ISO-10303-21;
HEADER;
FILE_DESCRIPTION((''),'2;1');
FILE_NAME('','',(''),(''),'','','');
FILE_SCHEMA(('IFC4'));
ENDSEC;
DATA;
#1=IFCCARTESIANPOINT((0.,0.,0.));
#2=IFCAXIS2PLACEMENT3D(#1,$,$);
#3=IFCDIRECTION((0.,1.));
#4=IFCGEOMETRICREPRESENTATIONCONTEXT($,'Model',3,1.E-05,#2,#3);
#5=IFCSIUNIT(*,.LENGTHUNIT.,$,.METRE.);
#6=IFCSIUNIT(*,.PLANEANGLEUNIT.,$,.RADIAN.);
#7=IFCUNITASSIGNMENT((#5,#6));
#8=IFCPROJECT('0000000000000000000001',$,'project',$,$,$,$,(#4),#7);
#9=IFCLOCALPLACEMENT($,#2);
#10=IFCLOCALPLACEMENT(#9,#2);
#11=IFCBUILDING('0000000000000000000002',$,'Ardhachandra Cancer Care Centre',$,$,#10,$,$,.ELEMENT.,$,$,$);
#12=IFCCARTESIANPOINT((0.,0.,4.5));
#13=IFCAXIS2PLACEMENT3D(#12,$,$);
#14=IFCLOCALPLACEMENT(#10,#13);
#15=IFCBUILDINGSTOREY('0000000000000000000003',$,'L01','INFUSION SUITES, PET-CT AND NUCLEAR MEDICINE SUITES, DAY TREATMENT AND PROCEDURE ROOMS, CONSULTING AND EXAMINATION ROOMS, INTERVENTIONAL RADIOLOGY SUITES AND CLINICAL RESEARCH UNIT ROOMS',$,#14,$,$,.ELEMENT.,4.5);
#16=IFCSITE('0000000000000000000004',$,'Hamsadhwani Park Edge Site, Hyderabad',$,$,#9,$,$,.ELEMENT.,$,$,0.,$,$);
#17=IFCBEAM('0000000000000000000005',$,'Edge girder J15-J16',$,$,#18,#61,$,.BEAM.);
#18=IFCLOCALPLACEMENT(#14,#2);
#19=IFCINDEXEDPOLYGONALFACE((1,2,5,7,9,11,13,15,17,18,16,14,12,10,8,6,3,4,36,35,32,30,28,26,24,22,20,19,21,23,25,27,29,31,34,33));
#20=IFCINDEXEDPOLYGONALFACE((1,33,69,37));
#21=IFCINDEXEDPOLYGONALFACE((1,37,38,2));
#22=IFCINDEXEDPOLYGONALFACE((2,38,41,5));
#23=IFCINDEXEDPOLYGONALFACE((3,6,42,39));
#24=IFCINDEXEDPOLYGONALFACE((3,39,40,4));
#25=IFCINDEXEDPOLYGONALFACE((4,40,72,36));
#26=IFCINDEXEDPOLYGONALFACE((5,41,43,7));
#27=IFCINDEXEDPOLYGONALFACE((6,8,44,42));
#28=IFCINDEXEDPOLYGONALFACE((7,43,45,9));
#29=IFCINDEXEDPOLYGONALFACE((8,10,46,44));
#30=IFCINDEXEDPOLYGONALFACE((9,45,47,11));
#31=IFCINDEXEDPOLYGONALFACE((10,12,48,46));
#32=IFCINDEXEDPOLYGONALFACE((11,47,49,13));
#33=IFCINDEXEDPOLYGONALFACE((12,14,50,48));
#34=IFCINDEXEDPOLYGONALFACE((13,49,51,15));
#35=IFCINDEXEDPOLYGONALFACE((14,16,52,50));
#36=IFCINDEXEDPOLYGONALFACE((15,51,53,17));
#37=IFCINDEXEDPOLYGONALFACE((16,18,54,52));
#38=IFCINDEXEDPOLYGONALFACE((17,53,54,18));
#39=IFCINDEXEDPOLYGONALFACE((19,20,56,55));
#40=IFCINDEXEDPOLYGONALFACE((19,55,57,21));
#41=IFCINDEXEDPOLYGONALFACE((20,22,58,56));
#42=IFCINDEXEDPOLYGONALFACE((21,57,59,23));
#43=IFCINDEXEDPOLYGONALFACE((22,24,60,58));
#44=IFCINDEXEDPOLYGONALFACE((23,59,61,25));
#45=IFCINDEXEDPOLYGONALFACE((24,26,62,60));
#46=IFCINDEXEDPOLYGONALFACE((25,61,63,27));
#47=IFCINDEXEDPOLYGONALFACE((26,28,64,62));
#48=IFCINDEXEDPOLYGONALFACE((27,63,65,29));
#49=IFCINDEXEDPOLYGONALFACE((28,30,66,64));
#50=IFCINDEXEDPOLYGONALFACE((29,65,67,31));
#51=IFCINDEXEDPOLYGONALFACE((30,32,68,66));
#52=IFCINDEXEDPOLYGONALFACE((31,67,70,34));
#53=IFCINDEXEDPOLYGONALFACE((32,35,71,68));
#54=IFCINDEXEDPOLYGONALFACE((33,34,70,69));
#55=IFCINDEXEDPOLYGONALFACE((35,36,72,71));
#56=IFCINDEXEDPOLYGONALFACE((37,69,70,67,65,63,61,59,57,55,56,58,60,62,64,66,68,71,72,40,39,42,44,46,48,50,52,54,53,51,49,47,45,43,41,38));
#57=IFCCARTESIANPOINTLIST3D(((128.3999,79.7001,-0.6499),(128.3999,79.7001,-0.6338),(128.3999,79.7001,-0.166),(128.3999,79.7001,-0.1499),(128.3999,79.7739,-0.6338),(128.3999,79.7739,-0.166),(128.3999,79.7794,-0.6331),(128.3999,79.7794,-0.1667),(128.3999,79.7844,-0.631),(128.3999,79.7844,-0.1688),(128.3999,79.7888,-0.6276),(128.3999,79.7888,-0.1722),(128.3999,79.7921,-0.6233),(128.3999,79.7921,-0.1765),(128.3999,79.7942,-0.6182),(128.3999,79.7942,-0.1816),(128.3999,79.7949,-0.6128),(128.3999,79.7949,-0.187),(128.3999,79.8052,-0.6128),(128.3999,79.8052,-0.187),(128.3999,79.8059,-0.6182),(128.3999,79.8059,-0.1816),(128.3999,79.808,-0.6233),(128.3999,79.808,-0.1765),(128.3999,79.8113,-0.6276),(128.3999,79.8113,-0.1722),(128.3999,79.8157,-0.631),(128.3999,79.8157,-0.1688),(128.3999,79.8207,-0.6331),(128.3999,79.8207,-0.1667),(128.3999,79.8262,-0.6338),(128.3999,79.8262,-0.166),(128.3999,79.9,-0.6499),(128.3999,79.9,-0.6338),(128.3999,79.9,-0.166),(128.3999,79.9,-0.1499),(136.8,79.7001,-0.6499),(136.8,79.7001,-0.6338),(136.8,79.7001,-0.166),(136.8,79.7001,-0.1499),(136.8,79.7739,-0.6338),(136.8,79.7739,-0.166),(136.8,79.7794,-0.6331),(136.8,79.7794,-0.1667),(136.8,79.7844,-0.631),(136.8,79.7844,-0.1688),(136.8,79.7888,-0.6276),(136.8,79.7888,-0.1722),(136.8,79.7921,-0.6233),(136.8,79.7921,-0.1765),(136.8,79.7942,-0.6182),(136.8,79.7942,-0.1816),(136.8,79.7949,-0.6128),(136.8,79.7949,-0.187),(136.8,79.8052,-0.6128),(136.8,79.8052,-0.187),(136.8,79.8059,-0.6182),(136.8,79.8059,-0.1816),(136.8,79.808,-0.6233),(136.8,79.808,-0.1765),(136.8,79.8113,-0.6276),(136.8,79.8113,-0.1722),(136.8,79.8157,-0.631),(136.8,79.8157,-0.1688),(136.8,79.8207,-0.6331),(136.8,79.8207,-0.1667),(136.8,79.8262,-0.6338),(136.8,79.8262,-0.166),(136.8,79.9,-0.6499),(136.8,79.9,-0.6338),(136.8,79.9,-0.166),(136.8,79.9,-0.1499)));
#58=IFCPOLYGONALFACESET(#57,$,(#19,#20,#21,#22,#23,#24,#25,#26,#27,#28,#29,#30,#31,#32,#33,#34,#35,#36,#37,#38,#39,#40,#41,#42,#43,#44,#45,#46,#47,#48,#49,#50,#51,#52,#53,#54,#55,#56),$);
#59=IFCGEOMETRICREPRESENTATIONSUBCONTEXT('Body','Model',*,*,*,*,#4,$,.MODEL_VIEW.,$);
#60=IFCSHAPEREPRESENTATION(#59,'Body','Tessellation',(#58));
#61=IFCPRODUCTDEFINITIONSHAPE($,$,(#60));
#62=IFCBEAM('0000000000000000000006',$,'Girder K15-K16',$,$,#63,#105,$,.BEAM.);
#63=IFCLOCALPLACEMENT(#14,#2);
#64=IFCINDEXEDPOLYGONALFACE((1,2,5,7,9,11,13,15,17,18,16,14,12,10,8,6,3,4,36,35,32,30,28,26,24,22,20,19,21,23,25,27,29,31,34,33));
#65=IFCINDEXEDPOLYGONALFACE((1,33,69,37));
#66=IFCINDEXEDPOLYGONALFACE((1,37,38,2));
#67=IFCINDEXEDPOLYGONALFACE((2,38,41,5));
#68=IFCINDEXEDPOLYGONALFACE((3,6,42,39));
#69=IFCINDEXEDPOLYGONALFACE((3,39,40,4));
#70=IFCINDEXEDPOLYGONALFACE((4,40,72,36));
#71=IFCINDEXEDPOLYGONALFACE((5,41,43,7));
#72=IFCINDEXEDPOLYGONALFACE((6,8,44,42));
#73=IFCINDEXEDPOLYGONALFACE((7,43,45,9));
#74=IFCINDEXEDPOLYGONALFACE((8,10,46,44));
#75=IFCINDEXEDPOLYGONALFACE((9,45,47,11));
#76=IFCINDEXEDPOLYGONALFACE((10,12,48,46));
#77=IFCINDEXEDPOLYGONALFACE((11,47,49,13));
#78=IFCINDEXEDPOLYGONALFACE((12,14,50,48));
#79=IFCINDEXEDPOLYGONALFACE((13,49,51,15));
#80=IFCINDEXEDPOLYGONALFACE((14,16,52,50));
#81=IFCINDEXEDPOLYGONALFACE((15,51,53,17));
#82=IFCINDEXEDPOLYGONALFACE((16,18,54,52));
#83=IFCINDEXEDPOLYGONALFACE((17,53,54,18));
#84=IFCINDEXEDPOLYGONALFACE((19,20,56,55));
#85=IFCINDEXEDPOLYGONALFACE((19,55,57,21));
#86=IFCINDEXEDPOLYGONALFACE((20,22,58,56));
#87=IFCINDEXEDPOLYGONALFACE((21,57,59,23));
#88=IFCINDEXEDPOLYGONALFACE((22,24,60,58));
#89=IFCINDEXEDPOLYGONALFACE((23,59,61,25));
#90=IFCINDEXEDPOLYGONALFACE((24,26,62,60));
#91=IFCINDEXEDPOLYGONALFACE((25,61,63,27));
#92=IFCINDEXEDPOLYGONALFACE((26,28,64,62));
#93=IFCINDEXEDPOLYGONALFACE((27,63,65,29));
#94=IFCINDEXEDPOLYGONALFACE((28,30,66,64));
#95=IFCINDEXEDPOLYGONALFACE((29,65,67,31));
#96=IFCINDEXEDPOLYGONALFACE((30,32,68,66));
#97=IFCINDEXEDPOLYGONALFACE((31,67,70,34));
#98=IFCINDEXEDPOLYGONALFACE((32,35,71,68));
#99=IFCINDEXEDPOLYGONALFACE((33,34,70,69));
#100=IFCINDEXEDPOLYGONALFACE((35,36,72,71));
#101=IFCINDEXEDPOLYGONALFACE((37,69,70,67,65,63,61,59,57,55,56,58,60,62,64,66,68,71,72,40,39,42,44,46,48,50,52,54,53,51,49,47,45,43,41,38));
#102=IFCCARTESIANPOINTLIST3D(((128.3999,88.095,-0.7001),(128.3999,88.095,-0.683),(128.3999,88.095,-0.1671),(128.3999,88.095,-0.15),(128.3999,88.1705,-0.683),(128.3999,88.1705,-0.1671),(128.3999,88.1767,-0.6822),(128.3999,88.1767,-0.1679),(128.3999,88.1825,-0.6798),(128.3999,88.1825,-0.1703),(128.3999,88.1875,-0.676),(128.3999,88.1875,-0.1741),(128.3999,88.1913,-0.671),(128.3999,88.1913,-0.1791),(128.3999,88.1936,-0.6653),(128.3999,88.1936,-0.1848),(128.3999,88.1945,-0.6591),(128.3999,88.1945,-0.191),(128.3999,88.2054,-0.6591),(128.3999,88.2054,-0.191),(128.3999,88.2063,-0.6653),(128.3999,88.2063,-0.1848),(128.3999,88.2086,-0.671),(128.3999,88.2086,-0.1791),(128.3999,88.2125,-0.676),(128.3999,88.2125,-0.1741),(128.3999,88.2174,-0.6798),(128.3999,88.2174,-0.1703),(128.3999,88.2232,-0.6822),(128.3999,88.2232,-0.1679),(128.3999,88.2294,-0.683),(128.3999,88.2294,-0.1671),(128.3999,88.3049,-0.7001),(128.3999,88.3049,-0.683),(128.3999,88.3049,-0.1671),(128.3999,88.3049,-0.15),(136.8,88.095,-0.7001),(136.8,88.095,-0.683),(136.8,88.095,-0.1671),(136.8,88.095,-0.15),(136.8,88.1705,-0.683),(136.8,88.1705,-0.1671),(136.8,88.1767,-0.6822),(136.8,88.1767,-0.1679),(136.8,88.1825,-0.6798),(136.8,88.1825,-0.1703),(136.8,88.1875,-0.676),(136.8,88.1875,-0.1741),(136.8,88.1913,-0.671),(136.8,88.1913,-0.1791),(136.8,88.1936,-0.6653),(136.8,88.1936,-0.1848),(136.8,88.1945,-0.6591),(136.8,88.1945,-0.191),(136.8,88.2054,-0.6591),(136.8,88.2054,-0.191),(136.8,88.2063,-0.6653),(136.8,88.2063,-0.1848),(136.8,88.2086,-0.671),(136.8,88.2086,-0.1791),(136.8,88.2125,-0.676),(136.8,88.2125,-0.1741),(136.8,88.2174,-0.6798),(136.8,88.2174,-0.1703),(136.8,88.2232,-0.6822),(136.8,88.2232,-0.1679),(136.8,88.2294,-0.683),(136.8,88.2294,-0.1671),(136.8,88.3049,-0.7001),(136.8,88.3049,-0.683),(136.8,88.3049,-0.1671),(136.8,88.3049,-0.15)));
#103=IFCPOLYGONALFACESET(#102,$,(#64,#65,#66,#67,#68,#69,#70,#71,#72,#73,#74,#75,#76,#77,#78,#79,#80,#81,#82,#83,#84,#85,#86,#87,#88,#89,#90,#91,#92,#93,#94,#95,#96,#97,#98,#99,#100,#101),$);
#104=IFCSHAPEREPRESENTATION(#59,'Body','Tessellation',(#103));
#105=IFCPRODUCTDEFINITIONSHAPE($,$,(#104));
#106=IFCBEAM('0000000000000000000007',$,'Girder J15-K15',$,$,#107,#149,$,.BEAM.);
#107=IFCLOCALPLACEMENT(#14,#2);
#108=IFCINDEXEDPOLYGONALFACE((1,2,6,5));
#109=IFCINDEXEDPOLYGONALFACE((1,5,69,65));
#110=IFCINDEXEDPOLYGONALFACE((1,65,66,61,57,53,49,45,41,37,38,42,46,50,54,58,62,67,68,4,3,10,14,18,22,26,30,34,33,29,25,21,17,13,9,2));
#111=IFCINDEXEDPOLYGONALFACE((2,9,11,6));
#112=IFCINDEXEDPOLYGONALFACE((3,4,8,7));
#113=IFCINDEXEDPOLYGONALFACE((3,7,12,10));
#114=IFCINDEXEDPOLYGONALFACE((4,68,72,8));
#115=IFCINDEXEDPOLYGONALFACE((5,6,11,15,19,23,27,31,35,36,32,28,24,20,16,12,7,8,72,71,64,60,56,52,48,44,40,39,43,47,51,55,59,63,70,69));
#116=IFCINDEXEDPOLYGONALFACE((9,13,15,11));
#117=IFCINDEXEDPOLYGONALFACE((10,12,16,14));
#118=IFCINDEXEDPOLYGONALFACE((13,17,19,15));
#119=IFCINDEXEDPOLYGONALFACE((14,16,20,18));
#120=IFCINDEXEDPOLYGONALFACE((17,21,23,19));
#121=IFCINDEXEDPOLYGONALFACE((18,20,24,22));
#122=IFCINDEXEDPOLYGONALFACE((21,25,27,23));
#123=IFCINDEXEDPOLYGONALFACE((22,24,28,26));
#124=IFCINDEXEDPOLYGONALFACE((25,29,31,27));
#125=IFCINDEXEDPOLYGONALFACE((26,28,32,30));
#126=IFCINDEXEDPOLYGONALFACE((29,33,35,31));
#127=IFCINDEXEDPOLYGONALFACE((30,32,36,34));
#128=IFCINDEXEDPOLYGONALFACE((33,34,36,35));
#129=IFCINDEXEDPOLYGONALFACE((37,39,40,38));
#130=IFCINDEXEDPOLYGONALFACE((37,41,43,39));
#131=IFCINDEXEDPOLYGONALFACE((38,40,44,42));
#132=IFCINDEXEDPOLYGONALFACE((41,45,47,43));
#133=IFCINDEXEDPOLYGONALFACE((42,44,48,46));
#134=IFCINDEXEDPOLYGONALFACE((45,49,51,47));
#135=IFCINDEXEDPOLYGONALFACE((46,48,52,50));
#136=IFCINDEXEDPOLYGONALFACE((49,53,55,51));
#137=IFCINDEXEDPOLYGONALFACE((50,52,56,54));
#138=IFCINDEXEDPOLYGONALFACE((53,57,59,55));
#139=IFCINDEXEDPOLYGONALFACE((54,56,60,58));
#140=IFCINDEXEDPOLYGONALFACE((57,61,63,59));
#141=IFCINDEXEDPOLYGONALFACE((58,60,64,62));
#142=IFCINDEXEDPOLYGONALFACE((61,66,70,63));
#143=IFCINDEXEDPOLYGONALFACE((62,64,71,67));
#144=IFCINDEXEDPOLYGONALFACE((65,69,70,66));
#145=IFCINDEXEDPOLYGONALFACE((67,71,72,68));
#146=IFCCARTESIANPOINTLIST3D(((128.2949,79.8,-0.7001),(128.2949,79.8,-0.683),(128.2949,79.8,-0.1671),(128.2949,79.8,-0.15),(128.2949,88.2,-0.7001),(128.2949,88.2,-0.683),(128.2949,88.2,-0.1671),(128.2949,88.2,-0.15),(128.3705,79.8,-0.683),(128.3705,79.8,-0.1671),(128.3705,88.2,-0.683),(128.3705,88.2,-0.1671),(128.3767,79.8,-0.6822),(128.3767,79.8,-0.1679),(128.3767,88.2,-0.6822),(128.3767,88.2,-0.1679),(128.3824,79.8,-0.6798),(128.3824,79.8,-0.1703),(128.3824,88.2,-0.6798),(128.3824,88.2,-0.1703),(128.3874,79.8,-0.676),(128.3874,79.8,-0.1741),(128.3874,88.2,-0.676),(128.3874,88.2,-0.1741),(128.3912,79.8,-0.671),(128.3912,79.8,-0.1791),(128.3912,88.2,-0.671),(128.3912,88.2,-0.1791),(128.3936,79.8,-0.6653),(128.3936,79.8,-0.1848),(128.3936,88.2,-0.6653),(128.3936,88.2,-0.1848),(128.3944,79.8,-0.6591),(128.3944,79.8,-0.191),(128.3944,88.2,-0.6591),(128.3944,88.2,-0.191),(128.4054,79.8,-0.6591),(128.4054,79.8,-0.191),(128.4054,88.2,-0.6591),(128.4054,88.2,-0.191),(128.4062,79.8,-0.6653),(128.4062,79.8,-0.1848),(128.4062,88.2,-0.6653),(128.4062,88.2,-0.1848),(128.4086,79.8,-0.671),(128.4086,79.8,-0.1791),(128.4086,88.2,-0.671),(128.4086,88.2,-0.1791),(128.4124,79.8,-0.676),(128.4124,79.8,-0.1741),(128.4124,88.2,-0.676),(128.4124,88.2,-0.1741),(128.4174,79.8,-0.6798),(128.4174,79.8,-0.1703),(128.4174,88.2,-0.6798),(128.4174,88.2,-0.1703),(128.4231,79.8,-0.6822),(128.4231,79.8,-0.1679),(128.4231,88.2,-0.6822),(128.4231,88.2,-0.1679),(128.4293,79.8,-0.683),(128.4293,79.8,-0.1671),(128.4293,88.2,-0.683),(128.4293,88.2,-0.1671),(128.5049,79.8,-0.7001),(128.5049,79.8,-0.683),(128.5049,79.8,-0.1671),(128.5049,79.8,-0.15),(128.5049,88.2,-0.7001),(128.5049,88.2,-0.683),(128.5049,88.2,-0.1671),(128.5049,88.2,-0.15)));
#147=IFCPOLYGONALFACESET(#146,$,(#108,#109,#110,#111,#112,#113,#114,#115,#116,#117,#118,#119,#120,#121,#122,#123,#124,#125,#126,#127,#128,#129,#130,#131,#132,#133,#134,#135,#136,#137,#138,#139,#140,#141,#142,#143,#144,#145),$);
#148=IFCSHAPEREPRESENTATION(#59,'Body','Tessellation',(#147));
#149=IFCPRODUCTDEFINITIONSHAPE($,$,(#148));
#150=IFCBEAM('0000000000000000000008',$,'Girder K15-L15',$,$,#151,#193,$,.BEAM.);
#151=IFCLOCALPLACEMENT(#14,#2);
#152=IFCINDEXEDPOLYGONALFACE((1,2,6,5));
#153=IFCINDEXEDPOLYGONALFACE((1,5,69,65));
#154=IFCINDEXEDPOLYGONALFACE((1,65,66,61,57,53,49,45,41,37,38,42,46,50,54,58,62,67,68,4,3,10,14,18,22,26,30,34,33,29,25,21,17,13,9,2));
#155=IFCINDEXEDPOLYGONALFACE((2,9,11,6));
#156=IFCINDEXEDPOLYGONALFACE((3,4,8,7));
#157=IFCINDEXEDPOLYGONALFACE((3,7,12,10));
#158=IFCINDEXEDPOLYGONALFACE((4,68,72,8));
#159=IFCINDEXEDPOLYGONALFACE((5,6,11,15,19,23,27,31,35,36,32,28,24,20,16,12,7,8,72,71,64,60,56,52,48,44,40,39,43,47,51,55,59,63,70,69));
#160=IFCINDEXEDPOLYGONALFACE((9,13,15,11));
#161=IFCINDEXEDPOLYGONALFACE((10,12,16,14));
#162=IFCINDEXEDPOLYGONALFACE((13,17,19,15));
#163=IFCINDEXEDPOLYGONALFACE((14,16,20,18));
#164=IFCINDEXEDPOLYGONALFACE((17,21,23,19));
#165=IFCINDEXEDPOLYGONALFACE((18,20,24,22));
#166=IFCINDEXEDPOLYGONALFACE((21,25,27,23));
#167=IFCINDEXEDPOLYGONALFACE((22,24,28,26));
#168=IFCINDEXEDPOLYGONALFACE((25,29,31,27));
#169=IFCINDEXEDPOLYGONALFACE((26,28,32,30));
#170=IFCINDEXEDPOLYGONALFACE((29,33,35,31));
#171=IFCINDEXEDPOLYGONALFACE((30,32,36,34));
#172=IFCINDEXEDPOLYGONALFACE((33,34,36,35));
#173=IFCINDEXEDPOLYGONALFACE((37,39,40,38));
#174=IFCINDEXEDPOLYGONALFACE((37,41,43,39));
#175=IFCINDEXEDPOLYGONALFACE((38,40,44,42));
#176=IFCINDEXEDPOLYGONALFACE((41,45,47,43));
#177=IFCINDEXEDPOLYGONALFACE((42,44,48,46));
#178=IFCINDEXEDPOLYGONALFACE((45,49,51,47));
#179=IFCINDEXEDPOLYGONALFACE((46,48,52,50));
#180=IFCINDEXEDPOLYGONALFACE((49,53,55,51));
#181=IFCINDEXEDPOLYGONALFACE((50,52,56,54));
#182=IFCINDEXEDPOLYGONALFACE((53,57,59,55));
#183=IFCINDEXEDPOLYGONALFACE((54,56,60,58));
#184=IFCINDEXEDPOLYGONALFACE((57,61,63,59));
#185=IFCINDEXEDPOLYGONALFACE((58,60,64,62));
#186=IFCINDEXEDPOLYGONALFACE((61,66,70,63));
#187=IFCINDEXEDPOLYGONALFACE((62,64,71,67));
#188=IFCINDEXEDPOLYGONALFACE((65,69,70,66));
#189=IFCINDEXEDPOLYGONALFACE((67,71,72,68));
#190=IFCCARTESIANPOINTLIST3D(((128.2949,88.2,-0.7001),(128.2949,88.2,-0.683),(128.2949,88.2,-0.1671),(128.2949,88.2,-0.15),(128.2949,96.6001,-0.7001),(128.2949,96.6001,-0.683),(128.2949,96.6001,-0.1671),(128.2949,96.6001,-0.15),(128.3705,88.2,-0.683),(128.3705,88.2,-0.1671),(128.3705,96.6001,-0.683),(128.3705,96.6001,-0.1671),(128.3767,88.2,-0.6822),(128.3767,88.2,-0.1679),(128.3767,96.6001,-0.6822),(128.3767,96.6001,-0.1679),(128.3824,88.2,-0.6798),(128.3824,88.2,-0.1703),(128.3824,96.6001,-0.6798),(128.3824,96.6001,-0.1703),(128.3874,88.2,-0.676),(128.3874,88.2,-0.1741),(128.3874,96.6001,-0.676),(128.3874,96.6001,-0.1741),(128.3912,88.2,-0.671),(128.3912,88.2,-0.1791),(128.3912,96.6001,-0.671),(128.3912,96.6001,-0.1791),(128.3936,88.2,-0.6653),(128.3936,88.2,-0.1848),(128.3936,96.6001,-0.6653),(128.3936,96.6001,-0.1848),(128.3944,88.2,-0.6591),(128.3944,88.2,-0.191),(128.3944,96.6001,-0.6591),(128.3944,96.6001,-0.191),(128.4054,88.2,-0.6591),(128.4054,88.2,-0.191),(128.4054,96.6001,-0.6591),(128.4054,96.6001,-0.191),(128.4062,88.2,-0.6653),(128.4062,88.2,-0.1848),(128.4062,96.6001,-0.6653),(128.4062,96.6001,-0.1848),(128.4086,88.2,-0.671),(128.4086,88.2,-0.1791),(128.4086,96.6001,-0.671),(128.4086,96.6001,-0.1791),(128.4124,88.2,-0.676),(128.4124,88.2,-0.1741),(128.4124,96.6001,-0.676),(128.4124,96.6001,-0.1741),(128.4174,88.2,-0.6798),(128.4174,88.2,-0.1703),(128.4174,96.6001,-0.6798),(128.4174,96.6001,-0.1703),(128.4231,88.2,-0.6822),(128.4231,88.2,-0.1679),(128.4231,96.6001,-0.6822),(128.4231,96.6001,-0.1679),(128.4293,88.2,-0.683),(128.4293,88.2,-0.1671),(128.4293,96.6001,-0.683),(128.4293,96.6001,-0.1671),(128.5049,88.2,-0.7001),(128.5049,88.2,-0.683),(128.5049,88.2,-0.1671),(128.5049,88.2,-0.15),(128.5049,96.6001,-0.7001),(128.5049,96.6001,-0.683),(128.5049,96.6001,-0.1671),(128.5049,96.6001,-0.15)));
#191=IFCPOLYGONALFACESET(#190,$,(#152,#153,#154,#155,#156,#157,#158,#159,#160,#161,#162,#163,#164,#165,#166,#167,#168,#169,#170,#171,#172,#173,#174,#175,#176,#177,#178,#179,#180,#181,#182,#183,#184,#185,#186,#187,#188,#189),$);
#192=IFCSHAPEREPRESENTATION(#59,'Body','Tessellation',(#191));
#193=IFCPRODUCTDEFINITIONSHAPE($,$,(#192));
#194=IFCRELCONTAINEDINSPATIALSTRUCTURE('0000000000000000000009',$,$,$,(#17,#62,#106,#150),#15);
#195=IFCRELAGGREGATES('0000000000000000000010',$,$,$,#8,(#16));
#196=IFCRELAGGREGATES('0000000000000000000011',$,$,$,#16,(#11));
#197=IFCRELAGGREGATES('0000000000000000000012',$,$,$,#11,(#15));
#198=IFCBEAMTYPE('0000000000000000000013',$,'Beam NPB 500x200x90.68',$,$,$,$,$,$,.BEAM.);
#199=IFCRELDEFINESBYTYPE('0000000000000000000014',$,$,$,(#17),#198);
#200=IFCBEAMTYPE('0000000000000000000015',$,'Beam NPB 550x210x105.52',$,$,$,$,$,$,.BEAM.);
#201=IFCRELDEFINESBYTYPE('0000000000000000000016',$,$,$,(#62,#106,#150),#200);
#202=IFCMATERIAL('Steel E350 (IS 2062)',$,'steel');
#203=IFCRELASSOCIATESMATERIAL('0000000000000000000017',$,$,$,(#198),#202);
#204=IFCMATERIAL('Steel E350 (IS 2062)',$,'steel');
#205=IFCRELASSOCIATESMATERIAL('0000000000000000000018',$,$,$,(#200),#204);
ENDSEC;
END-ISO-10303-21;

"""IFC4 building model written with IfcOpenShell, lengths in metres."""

from ifc_helpers import new_model, si_unit, direction, frame, origin, origin_2d, place, context, subcontext, project, spatial, i_section, extrude, material, material_profile, profile_set, type_object, element, save


model = new_model("IFC4")

# Units and contexts
model_context = context("Model", 3, precision=1e-05, world=origin(), true_north=direction((0.0, 1.0)))
body_context = subcontext(model_context, "Body", "Model", "MODEL_VIEW")
ifc_project = project(units=[si_unit("LENGTHUNIT", "METRE"), si_unit("PLANEANGLEUNIT", "RADIAN")], contexts=[model_context])

# Site, building, storey
site_placement = place(None, origin())
site = spatial("IfcSite", under=ifc_project, at=site_placement, Name="Hamsadhwani Park Edge Site, Hyderabad", CompositionType="ELEMENT", RefElevation=0.0)
building_placement = place(site_placement, origin())
building = spatial("IfcBuilding", under=site, at=building_placement, Name="Ardhachandra Cancer Care Centre", CompositionType="ELEMENT")
storey_placement = place(building_placement, frame((0.0, 0.0, 4.5)))
storey = spatial("IfcBuildingStorey", under=building, at=storey_placement, Name="L01", Description="INFUSION SUITES, PET-CT AND NUCLEAR MEDICINE SUITES, DAY TREATMENT AND PROCEDURE ROOMS, CONSULTING AND EXAMINATION ROOMS, INTERVENTIONAL RADIOLOGY SUITES AND CLINICAL RESEARCH UNIT ROOMS", CompositionType="ELEMENT", Elevation=4.5)

# Beams
ifc_material_1 = material(Name="Steel E350 (IS 2062)", Category="steel")
ifc_material_profile_1 = material_profile(ifc_material_1, i_section(OverallWidth=0.2, OverallDepth=0.5, WebThickness=0.0103, FlangeThickness=0.0161, FilletRadius=0.021, at=origin_2d()), Name="NPB 500x200x90.68")
ifc_profile_set_1 = profile_set([ifc_material_profile_1], Name="Steel E350 (IS 2062)")
beam_type_1 = type_object("IfcBeamType", Name="Beam NPB 500x200x90.68", PredefinedType="BEAM", material=ifc_profile_set_1)
beam_1_placement = place(storey_placement, frame((128.3999, 79.8, -0.3999), z_axis=(1.0, 0.0, 0.0), x_axis=(0.0, 1.0, 0.0)))
element("IfcBeam", 1, at=beam_1_placement, inside=storey, type_object=beam_type_1, Name="Edge girder J15-J16", PredefinedType="BEAM", context=body_context, shape_type="SweptSolid", body=[
    extrude(i_section(OverallWidth=0.2, OverallDepth=0.5, WebThickness=0.0103, FlangeThickness=0.0161, FilletRadius=0.021, at=origin_2d()), origin(), (0.0, 0.0, 1.0), 8.4001),
])
ifc_material_2 = material(Name="Steel E350 (IS 2062)", Category="steel")
ifc_material_profile_2 = material_profile(ifc_material_2, i_section(OverallWidth=0.21, OverallDepth=0.55, WebThickness=0.011, FlangeThickness=0.0171, FilletRadius=0.0239, at=origin_2d()), Name="NPB 550x210x105.52")
ifc_profile_set_2 = profile_set([ifc_material_profile_2], Name="Steel E350 (IS 2062)")
beam_type_2 = type_object("IfcBeamType", Name="Beam NPB 550x210x105.52", PredefinedType="BEAM", material=ifc_profile_set_2)
beam_2_placement = place(storey_placement, frame((128.3999, 88.2, -0.425), z_axis=(1.0, 0.0, 0.0), x_axis=(0.0, 1.0, 0.0)))
element("IfcBeam", 2, at=beam_2_placement, inside=storey, type_object=beam_type_2, Name="Girder K15-K16", PredefinedType="BEAM", context=body_context, shape_type="SweptSolid", body=[
    extrude(i_section(OverallWidth=0.21, OverallDepth=0.55, WebThickness=0.011, FlangeThickness=0.0171, FilletRadius=0.0239, at=origin_2d()), origin(), (0.0, 0.0, 1.0), 8.4001),
])
beam_3_placement = place(storey_placement, frame((128.3999, 79.8, -0.425), z_axis=(0.0, 1.0, 0.0), x_axis=(-1.0, 0.0, 0.0)))
element("IfcBeam", 3, at=beam_3_placement, inside=storey, type_object=beam_type_2, Name="Girder J15-K15", PredefinedType="BEAM", context=body_context, shape_type="SweptSolid", body=[
    extrude(i_section(OverallWidth=0.21, OverallDepth=0.55, WebThickness=0.011, FlangeThickness=0.0171, FilletRadius=0.0239, at=origin_2d()), origin(), (0.0, 0.0, 1.0), 8.3999),
])
beam_4_placement = place(storey_placement, frame((128.3999, 88.2, -0.425), z_axis=(0.0, 1.0, 0.0), x_axis=(-1.0, 0.0, 0.0)))
element("IfcBeam", 4, at=beam_4_placement, inside=storey, type_object=beam_type_2, Name="Girder K15-L15", PredefinedType="BEAM", context=body_context, shape_type="SweptSolid", body=[
    extrude(i_section(OverallWidth=0.21, OverallDepth=0.55, WebThickness=0.011, FlangeThickness=0.0171, FilletRadius=0.0239, at=origin_2d()), origin(), (0.0, 0.0, 1.0), 8.4001),
])

save(model, "model.ifc")
